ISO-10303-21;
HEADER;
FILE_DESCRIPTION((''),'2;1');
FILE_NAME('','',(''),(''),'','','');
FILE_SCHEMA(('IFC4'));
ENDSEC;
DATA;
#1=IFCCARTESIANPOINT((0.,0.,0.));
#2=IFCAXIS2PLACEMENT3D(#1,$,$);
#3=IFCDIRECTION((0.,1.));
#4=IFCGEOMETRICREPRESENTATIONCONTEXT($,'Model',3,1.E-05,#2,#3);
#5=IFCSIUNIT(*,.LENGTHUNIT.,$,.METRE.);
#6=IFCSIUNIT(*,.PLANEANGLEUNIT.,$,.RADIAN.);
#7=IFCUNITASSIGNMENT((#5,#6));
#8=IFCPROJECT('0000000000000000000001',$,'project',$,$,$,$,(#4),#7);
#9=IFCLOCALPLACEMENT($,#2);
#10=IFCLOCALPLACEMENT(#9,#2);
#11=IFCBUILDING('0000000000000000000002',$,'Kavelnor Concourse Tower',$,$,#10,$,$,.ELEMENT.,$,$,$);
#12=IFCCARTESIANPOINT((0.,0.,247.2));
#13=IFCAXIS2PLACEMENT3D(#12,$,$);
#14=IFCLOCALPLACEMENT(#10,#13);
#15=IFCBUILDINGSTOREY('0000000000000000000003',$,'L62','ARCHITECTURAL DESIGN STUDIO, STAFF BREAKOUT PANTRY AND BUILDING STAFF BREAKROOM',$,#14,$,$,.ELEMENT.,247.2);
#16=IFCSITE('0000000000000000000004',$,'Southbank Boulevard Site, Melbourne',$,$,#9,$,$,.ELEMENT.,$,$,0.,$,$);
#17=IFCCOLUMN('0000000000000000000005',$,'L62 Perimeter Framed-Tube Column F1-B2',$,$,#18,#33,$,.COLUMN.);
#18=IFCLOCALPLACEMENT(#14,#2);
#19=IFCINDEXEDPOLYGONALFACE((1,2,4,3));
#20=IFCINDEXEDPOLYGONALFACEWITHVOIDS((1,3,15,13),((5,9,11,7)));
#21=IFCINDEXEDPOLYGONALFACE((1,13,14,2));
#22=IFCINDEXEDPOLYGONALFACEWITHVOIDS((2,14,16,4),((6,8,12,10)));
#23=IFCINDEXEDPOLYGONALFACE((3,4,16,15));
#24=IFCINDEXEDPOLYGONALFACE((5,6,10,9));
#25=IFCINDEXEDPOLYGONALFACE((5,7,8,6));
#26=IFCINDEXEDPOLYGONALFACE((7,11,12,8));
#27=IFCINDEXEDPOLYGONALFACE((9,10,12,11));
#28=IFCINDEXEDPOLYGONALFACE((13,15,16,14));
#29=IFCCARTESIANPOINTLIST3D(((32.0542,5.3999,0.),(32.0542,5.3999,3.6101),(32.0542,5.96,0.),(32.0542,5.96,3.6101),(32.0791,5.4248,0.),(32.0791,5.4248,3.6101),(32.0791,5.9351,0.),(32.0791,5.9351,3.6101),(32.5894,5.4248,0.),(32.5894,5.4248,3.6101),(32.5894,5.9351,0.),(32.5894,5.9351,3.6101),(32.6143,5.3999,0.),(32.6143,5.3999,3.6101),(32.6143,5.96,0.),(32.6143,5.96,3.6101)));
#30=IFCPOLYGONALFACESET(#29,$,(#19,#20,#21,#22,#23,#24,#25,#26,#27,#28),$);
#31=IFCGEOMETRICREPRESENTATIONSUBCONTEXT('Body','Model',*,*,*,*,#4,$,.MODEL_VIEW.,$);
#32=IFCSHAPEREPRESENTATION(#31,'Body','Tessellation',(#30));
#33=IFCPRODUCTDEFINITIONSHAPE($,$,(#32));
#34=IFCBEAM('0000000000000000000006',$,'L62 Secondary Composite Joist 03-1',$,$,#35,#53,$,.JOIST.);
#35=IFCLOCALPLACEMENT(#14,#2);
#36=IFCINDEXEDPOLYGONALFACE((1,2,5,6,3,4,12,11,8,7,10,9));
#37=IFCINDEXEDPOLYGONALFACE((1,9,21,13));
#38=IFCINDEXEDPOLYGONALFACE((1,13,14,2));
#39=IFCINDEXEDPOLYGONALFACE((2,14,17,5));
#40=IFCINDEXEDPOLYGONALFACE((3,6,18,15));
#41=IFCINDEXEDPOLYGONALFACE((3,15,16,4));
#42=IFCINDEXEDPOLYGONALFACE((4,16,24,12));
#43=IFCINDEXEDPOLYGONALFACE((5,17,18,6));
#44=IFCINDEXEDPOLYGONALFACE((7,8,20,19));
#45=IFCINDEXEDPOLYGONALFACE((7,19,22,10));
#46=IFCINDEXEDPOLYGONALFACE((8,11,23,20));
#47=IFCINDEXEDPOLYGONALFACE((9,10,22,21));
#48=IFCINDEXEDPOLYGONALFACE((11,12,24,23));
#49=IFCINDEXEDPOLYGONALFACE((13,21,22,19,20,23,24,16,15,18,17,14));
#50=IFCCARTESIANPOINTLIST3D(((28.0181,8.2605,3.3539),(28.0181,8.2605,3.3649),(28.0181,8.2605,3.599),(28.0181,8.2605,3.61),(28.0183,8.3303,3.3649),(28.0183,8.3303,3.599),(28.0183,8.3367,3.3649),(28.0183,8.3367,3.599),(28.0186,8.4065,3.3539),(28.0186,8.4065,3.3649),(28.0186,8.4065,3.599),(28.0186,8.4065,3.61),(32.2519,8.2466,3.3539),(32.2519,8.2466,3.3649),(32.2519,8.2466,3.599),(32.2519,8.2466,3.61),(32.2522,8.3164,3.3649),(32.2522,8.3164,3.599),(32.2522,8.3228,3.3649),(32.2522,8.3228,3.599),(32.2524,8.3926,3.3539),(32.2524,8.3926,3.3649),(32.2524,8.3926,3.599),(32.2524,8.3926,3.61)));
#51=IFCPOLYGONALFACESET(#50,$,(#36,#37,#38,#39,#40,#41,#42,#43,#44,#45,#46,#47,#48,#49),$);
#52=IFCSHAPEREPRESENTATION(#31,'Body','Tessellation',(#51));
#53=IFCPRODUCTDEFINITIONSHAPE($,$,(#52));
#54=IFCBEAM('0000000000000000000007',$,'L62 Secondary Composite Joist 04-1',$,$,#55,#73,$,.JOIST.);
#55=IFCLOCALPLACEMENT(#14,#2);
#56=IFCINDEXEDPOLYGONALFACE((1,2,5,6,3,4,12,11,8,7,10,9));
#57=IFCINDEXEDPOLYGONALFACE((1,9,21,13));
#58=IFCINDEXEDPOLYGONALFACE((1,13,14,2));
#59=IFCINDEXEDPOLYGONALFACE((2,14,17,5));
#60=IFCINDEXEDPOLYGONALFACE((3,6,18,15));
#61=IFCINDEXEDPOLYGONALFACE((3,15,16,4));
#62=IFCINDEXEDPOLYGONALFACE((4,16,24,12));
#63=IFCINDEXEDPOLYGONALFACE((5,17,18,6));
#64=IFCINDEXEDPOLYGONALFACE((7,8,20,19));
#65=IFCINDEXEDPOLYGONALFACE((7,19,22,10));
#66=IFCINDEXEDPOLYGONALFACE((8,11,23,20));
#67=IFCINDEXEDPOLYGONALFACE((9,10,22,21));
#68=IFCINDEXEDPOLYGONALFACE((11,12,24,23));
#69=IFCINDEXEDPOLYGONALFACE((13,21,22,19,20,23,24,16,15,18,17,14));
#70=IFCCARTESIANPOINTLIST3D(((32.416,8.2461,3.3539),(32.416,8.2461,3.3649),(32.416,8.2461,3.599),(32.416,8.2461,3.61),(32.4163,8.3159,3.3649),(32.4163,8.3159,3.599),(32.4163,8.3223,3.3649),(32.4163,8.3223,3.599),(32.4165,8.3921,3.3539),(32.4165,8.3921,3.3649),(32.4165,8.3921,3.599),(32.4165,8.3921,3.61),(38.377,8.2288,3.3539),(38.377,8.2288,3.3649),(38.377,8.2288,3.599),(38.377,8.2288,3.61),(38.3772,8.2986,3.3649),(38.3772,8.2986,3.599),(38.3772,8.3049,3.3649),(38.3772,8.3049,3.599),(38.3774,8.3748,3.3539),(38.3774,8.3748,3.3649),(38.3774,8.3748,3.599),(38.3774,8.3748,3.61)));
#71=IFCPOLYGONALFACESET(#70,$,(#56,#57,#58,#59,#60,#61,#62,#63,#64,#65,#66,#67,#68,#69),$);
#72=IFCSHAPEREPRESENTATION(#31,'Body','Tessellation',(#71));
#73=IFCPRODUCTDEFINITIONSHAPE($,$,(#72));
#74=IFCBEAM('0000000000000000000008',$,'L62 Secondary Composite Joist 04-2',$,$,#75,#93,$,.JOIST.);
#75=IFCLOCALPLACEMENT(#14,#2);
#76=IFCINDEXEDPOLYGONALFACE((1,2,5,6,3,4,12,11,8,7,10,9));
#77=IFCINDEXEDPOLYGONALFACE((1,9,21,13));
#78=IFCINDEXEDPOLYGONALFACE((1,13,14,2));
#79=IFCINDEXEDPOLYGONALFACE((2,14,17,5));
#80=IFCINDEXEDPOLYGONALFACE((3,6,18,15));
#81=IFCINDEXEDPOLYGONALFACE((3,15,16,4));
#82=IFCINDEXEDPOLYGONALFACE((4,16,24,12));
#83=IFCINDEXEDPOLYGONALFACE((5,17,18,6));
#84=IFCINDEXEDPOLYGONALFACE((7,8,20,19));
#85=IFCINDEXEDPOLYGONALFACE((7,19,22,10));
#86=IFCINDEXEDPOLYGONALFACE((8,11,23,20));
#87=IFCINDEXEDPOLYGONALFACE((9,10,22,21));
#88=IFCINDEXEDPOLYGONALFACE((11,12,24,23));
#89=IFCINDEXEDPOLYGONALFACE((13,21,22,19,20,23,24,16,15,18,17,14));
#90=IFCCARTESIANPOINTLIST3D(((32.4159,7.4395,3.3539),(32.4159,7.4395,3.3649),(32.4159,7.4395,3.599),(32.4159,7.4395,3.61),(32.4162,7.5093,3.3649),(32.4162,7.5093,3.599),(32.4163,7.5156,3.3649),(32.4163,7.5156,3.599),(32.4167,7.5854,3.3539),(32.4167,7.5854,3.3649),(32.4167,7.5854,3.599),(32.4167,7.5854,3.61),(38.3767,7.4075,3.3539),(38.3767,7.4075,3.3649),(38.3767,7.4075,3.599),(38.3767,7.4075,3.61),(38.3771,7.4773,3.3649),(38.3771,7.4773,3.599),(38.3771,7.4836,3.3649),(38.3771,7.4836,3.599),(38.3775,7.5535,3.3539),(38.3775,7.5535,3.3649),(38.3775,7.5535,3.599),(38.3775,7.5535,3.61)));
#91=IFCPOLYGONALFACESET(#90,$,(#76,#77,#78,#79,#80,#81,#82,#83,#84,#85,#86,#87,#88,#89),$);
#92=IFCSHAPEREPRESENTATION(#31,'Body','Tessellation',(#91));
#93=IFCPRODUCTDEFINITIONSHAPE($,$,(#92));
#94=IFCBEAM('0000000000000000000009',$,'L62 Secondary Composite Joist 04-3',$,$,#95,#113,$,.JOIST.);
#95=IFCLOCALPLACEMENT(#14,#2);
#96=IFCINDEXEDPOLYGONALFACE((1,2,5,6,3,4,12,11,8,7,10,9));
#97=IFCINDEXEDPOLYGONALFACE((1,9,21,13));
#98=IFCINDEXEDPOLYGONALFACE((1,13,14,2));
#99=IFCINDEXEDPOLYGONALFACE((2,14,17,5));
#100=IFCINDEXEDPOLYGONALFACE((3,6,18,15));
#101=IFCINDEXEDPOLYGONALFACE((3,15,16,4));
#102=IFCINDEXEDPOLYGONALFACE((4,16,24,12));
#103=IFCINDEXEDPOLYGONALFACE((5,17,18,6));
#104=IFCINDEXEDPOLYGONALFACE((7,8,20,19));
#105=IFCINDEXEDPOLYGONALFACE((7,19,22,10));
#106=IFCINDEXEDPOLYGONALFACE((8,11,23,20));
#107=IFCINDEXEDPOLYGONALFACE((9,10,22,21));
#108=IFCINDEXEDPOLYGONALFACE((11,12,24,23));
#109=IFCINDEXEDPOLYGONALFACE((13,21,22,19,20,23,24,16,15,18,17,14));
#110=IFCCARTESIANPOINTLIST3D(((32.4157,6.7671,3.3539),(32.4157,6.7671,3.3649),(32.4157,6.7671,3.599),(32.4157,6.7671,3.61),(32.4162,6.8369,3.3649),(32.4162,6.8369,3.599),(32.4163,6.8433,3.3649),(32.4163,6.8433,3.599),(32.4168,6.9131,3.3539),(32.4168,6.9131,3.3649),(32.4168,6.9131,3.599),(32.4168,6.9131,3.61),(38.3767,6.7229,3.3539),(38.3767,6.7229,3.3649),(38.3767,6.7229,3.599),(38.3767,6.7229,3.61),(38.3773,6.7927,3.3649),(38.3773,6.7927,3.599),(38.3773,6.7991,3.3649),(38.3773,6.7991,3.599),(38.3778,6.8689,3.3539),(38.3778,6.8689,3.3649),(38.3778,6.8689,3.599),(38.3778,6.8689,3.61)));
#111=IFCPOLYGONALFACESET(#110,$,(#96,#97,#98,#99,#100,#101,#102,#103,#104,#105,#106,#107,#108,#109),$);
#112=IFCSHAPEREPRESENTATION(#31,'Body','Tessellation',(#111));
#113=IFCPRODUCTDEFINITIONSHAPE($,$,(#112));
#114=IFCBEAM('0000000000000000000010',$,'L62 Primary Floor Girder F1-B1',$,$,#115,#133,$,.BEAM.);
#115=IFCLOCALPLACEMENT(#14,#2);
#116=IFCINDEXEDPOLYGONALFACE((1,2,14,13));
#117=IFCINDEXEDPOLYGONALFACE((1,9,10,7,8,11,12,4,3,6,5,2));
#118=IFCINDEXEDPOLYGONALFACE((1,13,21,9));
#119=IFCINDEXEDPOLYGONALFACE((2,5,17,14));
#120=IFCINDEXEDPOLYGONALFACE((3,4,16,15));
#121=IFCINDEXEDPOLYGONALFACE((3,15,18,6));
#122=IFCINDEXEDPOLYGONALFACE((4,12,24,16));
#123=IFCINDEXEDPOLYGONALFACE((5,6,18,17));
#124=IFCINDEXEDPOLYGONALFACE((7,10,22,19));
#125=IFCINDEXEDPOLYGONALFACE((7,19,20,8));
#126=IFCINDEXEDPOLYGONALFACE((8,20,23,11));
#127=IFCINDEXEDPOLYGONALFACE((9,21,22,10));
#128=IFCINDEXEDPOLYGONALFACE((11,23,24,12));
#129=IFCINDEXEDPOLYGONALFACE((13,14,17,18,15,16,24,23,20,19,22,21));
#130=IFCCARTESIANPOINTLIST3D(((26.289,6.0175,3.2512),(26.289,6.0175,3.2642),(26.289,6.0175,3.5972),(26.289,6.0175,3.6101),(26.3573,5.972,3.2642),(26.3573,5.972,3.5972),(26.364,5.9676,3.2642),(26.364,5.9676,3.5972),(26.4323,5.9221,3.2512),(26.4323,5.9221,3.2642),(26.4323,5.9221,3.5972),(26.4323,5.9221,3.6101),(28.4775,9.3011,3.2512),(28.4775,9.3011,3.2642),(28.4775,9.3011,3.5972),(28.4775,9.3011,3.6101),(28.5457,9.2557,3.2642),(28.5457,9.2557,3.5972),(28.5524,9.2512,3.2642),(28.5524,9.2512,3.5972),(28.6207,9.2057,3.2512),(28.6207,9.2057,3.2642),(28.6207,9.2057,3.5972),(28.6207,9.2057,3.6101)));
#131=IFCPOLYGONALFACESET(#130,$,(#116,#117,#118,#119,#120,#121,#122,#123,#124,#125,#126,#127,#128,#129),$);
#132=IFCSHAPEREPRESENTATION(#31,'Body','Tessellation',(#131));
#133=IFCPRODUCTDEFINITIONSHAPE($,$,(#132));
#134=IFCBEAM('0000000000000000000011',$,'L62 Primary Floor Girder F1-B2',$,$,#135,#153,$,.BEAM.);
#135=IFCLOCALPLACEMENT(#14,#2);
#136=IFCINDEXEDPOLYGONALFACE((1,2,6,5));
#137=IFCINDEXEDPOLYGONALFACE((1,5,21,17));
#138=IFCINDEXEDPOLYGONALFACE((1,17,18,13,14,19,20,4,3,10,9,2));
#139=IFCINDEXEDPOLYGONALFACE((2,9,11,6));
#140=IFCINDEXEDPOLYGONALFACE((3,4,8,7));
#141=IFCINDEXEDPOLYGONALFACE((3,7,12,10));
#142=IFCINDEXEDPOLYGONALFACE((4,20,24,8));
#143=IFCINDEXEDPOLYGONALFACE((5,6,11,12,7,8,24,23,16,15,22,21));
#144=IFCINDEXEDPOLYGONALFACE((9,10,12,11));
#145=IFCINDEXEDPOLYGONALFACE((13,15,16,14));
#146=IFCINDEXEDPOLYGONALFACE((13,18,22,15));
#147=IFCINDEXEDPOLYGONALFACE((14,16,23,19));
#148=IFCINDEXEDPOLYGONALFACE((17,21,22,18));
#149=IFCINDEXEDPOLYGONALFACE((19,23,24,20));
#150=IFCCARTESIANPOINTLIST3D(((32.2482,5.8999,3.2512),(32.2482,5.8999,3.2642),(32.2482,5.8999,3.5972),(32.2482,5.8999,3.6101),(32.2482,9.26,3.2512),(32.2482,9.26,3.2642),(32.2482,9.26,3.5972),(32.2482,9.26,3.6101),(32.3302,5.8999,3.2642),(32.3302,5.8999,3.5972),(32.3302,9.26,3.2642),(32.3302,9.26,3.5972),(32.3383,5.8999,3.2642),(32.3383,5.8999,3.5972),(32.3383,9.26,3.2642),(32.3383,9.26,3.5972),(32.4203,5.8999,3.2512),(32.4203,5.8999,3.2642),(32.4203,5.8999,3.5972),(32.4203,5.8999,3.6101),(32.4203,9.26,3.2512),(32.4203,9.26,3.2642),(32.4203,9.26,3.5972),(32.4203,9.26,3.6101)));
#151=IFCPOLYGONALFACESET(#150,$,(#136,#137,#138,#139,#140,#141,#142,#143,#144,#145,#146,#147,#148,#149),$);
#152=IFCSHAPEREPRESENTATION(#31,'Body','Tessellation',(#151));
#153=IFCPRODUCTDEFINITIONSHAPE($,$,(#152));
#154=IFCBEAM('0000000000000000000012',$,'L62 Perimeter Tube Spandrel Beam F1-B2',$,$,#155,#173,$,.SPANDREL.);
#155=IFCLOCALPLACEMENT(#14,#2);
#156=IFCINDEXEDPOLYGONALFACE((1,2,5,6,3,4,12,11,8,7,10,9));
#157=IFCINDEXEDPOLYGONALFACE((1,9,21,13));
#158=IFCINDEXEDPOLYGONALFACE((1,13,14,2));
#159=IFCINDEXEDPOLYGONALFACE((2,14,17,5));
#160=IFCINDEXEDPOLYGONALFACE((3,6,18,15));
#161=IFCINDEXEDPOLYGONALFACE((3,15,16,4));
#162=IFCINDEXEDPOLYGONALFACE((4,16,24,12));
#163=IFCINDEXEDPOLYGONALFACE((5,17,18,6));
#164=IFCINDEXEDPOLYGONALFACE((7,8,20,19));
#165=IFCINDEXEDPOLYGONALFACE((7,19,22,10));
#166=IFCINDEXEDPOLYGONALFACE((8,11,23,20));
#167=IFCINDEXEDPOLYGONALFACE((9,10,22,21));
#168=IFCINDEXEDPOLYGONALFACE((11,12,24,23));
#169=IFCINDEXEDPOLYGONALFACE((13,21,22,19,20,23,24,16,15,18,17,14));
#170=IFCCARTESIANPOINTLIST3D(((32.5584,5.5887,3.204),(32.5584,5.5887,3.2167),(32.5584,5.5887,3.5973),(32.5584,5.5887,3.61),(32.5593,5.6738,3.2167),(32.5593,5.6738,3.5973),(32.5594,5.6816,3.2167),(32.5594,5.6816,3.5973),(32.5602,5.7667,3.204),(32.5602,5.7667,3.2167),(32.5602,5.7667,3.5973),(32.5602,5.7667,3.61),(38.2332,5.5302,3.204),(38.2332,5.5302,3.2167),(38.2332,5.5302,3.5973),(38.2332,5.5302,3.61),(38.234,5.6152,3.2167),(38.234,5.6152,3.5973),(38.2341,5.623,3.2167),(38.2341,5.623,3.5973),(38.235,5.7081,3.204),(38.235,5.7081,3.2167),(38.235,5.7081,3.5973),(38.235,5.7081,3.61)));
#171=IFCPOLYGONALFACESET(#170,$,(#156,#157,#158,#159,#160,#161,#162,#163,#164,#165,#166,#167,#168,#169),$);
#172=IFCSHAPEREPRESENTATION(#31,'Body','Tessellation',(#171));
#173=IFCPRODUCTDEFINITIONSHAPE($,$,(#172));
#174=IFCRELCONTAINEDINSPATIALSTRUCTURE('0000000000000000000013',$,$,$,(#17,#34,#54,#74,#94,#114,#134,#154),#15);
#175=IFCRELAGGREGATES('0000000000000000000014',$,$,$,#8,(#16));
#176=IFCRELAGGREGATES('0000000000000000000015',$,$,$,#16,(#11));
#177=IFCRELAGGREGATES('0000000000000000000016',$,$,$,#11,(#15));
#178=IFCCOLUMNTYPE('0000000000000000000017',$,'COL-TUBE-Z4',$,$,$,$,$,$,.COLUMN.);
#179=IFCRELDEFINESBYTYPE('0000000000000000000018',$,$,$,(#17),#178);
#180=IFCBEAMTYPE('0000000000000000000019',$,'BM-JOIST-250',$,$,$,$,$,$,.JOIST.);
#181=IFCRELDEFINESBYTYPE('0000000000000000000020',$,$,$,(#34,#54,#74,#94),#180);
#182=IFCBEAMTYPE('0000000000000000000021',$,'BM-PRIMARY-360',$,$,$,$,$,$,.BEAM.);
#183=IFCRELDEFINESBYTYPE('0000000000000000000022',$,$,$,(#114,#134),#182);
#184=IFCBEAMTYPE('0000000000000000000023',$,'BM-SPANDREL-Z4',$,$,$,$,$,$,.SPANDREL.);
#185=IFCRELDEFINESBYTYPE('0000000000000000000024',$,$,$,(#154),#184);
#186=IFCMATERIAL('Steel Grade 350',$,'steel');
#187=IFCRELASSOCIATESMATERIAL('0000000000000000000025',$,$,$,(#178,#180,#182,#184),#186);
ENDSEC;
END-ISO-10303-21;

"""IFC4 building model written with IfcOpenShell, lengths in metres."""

from ifc_helpers import new_model, si_unit, direction, frame, origin, origin_2d, place, context, subcontext, project, spatial, hollow_rectangle, i_section, extrude, material, material_profile, profile_set, type_object, element, save


model = new_model("IFC4")

# Units and contexts
model_context = context("Model", 3, precision=1e-05, world=origin(), true_north=direction((0.0, 1.0)))
body_context = subcontext(model_context, "Body", "Model", "MODEL_VIEW")
ifc_project = project(units=[si_unit("LENGTHUNIT", "METRE"), si_unit("PLANEANGLEUNIT", "RADIAN")], contexts=[model_context])

# Site, building, storey
site_placement = place(None, origin())
site = spatial("IfcSite", under=ifc_project, at=site_placement, Name="Southbank Boulevard Site, Melbourne", CompositionType="ELEMENT", RefElevation=0.0)
building_placement = place(site_placement, origin())
building = spatial("IfcBuilding", under=site, at=building_placement, Name="Kavelnor Concourse Tower", CompositionType="ELEMENT")
storey_placement = place(building_placement, frame((0.0, 0.0, 247.2)))
storey = spatial("IfcBuildingStorey", under=building, at=storey_placement, Name="L62", Description="ARCHITECTURAL DESIGN STUDIO, STAFF BREAKOUT PANTRY AND BUILDING STAFF BREAKROOM", CompositionType="ELEMENT", Elevation=247.2)

# Column
ifc_material_1 = material(Name="Steel Grade 350", Category="steel")
ifc_material_profile_1 = material_profile(ifc_material_1, hollow_rectangle(XDim=0.5601, YDim=0.5601, WallThickness=0.0249, at=origin_2d()), Name="SHS 560x560x25")
ifc_profile_set_1 = profile_set([ifc_material_profile_1], Name="Steel Grade 350")
column_type = type_object("IfcColumnType", Name="COL-TUBE-Z4", PredefinedType="COLUMN", material=ifc_profile_set_1)
column_placement = place(storey_placement, frame((32.3342, 5.6799, 0.0), z_axis=(0.0, 0.0, 1.0), x_axis=(1.0, 0.0, 0.0)))
element("IfcColumn", 1, at=column_placement, inside=storey, type_object=column_type, Name="L62 Perimeter Framed-Tube Column F1-B2", PredefinedType="COLUMN", context=body_context, shape_type="SweptSolid", body=[
    extrude(hollow_rectangle(XDim=0.5601, YDim=0.5601, WallThickness=0.0249, at=origin_2d()), origin(), (0.0, 0.0, 1.0), 3.6101),
])

# Beams
ifc_material_profile_2 = material_profile(ifc_material_1, i_section(OverallWidth=0.146, OverallDepth=0.2561, WebThickness=0.0063, FlangeThickness=0.011, at=origin_2d()), Name="250UB37")
ifc_profile_set_2 = profile_set([ifc_material_profile_2], Name="Steel Grade 350")
beam_type_1 = type_object("IfcBeamType", Name="BM-JOIST-250", PredefinedType="JOIST", material=ifc_profile_set_2)
beam_1_placement = place(storey_placement, frame((28.0183, 8.3335, 3.4819), z_axis=(0.999995, -0.003287, 0.0), x_axis=(0.003287, 0.999995, 0.0)))
element("IfcBeam", 2, at=beam_1_placement, inside=storey, type_object=beam_type_1, Name="L62 Secondary Composite Joist 03-1", PredefinedType="JOIST", context=body_context, shape_type="SweptSolid", body=[
    extrude(i_section(OverallWidth=0.146, OverallDepth=0.2561, WebThickness=0.0063, FlangeThickness=0.011, at=origin_2d()), origin(), (0.0, 0.0, 1.0), 4.2339),
])
for number, where, z_axis, x_axis, name in (
    (3, (32.4163, 8.3191, 3.4819), (0.999996, -0.002908, 0.0), (0.002908, 0.999996, 0.0), "L62 Secondary Composite Joist 04-1"),
    (4, (32.4163, 7.5125, 3.4819), (0.999986, -0.005365, 0.0), (0.005365, 0.999986, 0.0), "L62 Secondary Composite Joist 04-2"),
):
    element("IfcBeam", number, at=place(storey_placement, frame(where, z_axis=z_axis, x_axis=x_axis)), inside=storey, type_object=beam_type_1, Name=name, PredefinedType="JOIST", context=body_context, shape_type="SweptSolid", body=[
        extrude(i_section(OverallWidth=0.146, OverallDepth=0.2561, WebThickness=0.0063, FlangeThickness=0.011, at=origin_2d()), origin(), (0.0, 0.0, 1.0), 5.9609),
    ])
beam_2_placement = place(storey_placement, frame((32.4163, 6.8401, 3.4819), z_axis=(0.999973, -0.007413, 0.0), x_axis=(0.007413, 0.999973, 0.0)))
element("IfcBeam", 5, at=beam_2_placement, inside=storey, type_object=beam_type_1, Name="L62 Secondary Composite Joist 04-3", PredefinedType="JOIST", context=body_context, shape_type="SweptSolid", body=[
    extrude(i_section(OverallWidth=0.146, OverallDepth=0.2561, WebThickness=0.0063, FlangeThickness=0.011, at=origin_2d()), origin(), (0.0, 0.0, 1.0), 5.9612),
])
ifc_material_profile_3 = material_profile(ifc_material_1, i_section(OverallWidth=0.1721, OverallDepth=0.3589, WebThickness=0.0081, FlangeThickness=0.0129, at=origin_2d()), Name="360UB56")
ifc_profile_set_3 = profile_set([ifc_material_profile_3], Name="Steel Grade 350")
beam_type_2 = type_object("IfcBeamType", Name="BM-PRIMARY-360", PredefinedType="BEAM", material=ifc_profile_set_3)
beam_3_placement = place(storey_placement, frame((28.5491, 9.2534, 3.4307), z_axis=(-0.554586, -0.832126, 0.0), x_axis=(0.832126, -0.554586, 0.0)))
element("IfcBeam", 6, at=beam_3_placement, inside=storey, type_object=beam_type_2, Name="L62 Primary Floor Girder F1-B1", PredefinedType="BEAM", context=body_context, shape_type="SweptSolid", body=[
    extrude(i_section(OverallWidth=0.1721, OverallDepth=0.3589, WebThickness=0.0081, FlangeThickness=0.0129, at=origin_2d()), origin(), (0.0, 0.0, 1.0), 3.946),
])
beam_4_placement = place(storey_placement, frame((32.3342, 9.26, 3.4307), z_axis=(0.0, -1.0, 0.0), x_axis=(1.0, 0.0, 0.0)))
element("IfcBeam", 7, at=beam_4_placement, inside=storey, type_object=beam_type_2, Name="L62 Primary Floor Girder F1-B2", PredefinedType="BEAM", context=body_context, shape_type="SweptSolid", body=[
    extrude(i_section(OverallWidth=0.1721, OverallDepth=0.3589, WebThickness=0.0081, FlangeThickness=0.0129, at=origin_2d()), origin(), (0.0, 0.0, 1.0), 3.3601),
])
ifc_material_profile_4 = material_profile(ifc_material_1, i_section(OverallWidth=0.178, OverallDepth=0.406, WebThickness=0.0078, FlangeThickness=0.0127, at=origin_2d()), Name="410UB59")
ifc_profile_set_4 = profile_set([ifc_material_profile_4], Name="Steel Grade 350")
beam_type_3 = type_object("IfcBeamType", Name="BM-SPANDREL-Z4", PredefinedType="SPANDREL", material=ifc_profile_set_4)
beam_5_placement = place(storey_placement, frame((32.5593, 5.6777, 3.407), z_axis=(0.999947, -0.010325, 0.0), x_axis=(0.010325, 0.999947, 0.0)))
element("IfcBeam", 8, at=beam_5_placement, inside=storey, type_object=beam_type_3, Name="L62 Perimeter Tube Spandrel Beam F1-B2", PredefinedType="SPANDREL", context=body_context, shape_type="SweptSolid", body=[
    extrude(i_section(OverallWidth=0.178, OverallDepth=0.406, WebThickness=0.0078, FlangeThickness=0.0127, at=origin_2d()), origin(), (0.0, 0.0, 1.0), 5.675),
])

save(model, "model.ifc")
